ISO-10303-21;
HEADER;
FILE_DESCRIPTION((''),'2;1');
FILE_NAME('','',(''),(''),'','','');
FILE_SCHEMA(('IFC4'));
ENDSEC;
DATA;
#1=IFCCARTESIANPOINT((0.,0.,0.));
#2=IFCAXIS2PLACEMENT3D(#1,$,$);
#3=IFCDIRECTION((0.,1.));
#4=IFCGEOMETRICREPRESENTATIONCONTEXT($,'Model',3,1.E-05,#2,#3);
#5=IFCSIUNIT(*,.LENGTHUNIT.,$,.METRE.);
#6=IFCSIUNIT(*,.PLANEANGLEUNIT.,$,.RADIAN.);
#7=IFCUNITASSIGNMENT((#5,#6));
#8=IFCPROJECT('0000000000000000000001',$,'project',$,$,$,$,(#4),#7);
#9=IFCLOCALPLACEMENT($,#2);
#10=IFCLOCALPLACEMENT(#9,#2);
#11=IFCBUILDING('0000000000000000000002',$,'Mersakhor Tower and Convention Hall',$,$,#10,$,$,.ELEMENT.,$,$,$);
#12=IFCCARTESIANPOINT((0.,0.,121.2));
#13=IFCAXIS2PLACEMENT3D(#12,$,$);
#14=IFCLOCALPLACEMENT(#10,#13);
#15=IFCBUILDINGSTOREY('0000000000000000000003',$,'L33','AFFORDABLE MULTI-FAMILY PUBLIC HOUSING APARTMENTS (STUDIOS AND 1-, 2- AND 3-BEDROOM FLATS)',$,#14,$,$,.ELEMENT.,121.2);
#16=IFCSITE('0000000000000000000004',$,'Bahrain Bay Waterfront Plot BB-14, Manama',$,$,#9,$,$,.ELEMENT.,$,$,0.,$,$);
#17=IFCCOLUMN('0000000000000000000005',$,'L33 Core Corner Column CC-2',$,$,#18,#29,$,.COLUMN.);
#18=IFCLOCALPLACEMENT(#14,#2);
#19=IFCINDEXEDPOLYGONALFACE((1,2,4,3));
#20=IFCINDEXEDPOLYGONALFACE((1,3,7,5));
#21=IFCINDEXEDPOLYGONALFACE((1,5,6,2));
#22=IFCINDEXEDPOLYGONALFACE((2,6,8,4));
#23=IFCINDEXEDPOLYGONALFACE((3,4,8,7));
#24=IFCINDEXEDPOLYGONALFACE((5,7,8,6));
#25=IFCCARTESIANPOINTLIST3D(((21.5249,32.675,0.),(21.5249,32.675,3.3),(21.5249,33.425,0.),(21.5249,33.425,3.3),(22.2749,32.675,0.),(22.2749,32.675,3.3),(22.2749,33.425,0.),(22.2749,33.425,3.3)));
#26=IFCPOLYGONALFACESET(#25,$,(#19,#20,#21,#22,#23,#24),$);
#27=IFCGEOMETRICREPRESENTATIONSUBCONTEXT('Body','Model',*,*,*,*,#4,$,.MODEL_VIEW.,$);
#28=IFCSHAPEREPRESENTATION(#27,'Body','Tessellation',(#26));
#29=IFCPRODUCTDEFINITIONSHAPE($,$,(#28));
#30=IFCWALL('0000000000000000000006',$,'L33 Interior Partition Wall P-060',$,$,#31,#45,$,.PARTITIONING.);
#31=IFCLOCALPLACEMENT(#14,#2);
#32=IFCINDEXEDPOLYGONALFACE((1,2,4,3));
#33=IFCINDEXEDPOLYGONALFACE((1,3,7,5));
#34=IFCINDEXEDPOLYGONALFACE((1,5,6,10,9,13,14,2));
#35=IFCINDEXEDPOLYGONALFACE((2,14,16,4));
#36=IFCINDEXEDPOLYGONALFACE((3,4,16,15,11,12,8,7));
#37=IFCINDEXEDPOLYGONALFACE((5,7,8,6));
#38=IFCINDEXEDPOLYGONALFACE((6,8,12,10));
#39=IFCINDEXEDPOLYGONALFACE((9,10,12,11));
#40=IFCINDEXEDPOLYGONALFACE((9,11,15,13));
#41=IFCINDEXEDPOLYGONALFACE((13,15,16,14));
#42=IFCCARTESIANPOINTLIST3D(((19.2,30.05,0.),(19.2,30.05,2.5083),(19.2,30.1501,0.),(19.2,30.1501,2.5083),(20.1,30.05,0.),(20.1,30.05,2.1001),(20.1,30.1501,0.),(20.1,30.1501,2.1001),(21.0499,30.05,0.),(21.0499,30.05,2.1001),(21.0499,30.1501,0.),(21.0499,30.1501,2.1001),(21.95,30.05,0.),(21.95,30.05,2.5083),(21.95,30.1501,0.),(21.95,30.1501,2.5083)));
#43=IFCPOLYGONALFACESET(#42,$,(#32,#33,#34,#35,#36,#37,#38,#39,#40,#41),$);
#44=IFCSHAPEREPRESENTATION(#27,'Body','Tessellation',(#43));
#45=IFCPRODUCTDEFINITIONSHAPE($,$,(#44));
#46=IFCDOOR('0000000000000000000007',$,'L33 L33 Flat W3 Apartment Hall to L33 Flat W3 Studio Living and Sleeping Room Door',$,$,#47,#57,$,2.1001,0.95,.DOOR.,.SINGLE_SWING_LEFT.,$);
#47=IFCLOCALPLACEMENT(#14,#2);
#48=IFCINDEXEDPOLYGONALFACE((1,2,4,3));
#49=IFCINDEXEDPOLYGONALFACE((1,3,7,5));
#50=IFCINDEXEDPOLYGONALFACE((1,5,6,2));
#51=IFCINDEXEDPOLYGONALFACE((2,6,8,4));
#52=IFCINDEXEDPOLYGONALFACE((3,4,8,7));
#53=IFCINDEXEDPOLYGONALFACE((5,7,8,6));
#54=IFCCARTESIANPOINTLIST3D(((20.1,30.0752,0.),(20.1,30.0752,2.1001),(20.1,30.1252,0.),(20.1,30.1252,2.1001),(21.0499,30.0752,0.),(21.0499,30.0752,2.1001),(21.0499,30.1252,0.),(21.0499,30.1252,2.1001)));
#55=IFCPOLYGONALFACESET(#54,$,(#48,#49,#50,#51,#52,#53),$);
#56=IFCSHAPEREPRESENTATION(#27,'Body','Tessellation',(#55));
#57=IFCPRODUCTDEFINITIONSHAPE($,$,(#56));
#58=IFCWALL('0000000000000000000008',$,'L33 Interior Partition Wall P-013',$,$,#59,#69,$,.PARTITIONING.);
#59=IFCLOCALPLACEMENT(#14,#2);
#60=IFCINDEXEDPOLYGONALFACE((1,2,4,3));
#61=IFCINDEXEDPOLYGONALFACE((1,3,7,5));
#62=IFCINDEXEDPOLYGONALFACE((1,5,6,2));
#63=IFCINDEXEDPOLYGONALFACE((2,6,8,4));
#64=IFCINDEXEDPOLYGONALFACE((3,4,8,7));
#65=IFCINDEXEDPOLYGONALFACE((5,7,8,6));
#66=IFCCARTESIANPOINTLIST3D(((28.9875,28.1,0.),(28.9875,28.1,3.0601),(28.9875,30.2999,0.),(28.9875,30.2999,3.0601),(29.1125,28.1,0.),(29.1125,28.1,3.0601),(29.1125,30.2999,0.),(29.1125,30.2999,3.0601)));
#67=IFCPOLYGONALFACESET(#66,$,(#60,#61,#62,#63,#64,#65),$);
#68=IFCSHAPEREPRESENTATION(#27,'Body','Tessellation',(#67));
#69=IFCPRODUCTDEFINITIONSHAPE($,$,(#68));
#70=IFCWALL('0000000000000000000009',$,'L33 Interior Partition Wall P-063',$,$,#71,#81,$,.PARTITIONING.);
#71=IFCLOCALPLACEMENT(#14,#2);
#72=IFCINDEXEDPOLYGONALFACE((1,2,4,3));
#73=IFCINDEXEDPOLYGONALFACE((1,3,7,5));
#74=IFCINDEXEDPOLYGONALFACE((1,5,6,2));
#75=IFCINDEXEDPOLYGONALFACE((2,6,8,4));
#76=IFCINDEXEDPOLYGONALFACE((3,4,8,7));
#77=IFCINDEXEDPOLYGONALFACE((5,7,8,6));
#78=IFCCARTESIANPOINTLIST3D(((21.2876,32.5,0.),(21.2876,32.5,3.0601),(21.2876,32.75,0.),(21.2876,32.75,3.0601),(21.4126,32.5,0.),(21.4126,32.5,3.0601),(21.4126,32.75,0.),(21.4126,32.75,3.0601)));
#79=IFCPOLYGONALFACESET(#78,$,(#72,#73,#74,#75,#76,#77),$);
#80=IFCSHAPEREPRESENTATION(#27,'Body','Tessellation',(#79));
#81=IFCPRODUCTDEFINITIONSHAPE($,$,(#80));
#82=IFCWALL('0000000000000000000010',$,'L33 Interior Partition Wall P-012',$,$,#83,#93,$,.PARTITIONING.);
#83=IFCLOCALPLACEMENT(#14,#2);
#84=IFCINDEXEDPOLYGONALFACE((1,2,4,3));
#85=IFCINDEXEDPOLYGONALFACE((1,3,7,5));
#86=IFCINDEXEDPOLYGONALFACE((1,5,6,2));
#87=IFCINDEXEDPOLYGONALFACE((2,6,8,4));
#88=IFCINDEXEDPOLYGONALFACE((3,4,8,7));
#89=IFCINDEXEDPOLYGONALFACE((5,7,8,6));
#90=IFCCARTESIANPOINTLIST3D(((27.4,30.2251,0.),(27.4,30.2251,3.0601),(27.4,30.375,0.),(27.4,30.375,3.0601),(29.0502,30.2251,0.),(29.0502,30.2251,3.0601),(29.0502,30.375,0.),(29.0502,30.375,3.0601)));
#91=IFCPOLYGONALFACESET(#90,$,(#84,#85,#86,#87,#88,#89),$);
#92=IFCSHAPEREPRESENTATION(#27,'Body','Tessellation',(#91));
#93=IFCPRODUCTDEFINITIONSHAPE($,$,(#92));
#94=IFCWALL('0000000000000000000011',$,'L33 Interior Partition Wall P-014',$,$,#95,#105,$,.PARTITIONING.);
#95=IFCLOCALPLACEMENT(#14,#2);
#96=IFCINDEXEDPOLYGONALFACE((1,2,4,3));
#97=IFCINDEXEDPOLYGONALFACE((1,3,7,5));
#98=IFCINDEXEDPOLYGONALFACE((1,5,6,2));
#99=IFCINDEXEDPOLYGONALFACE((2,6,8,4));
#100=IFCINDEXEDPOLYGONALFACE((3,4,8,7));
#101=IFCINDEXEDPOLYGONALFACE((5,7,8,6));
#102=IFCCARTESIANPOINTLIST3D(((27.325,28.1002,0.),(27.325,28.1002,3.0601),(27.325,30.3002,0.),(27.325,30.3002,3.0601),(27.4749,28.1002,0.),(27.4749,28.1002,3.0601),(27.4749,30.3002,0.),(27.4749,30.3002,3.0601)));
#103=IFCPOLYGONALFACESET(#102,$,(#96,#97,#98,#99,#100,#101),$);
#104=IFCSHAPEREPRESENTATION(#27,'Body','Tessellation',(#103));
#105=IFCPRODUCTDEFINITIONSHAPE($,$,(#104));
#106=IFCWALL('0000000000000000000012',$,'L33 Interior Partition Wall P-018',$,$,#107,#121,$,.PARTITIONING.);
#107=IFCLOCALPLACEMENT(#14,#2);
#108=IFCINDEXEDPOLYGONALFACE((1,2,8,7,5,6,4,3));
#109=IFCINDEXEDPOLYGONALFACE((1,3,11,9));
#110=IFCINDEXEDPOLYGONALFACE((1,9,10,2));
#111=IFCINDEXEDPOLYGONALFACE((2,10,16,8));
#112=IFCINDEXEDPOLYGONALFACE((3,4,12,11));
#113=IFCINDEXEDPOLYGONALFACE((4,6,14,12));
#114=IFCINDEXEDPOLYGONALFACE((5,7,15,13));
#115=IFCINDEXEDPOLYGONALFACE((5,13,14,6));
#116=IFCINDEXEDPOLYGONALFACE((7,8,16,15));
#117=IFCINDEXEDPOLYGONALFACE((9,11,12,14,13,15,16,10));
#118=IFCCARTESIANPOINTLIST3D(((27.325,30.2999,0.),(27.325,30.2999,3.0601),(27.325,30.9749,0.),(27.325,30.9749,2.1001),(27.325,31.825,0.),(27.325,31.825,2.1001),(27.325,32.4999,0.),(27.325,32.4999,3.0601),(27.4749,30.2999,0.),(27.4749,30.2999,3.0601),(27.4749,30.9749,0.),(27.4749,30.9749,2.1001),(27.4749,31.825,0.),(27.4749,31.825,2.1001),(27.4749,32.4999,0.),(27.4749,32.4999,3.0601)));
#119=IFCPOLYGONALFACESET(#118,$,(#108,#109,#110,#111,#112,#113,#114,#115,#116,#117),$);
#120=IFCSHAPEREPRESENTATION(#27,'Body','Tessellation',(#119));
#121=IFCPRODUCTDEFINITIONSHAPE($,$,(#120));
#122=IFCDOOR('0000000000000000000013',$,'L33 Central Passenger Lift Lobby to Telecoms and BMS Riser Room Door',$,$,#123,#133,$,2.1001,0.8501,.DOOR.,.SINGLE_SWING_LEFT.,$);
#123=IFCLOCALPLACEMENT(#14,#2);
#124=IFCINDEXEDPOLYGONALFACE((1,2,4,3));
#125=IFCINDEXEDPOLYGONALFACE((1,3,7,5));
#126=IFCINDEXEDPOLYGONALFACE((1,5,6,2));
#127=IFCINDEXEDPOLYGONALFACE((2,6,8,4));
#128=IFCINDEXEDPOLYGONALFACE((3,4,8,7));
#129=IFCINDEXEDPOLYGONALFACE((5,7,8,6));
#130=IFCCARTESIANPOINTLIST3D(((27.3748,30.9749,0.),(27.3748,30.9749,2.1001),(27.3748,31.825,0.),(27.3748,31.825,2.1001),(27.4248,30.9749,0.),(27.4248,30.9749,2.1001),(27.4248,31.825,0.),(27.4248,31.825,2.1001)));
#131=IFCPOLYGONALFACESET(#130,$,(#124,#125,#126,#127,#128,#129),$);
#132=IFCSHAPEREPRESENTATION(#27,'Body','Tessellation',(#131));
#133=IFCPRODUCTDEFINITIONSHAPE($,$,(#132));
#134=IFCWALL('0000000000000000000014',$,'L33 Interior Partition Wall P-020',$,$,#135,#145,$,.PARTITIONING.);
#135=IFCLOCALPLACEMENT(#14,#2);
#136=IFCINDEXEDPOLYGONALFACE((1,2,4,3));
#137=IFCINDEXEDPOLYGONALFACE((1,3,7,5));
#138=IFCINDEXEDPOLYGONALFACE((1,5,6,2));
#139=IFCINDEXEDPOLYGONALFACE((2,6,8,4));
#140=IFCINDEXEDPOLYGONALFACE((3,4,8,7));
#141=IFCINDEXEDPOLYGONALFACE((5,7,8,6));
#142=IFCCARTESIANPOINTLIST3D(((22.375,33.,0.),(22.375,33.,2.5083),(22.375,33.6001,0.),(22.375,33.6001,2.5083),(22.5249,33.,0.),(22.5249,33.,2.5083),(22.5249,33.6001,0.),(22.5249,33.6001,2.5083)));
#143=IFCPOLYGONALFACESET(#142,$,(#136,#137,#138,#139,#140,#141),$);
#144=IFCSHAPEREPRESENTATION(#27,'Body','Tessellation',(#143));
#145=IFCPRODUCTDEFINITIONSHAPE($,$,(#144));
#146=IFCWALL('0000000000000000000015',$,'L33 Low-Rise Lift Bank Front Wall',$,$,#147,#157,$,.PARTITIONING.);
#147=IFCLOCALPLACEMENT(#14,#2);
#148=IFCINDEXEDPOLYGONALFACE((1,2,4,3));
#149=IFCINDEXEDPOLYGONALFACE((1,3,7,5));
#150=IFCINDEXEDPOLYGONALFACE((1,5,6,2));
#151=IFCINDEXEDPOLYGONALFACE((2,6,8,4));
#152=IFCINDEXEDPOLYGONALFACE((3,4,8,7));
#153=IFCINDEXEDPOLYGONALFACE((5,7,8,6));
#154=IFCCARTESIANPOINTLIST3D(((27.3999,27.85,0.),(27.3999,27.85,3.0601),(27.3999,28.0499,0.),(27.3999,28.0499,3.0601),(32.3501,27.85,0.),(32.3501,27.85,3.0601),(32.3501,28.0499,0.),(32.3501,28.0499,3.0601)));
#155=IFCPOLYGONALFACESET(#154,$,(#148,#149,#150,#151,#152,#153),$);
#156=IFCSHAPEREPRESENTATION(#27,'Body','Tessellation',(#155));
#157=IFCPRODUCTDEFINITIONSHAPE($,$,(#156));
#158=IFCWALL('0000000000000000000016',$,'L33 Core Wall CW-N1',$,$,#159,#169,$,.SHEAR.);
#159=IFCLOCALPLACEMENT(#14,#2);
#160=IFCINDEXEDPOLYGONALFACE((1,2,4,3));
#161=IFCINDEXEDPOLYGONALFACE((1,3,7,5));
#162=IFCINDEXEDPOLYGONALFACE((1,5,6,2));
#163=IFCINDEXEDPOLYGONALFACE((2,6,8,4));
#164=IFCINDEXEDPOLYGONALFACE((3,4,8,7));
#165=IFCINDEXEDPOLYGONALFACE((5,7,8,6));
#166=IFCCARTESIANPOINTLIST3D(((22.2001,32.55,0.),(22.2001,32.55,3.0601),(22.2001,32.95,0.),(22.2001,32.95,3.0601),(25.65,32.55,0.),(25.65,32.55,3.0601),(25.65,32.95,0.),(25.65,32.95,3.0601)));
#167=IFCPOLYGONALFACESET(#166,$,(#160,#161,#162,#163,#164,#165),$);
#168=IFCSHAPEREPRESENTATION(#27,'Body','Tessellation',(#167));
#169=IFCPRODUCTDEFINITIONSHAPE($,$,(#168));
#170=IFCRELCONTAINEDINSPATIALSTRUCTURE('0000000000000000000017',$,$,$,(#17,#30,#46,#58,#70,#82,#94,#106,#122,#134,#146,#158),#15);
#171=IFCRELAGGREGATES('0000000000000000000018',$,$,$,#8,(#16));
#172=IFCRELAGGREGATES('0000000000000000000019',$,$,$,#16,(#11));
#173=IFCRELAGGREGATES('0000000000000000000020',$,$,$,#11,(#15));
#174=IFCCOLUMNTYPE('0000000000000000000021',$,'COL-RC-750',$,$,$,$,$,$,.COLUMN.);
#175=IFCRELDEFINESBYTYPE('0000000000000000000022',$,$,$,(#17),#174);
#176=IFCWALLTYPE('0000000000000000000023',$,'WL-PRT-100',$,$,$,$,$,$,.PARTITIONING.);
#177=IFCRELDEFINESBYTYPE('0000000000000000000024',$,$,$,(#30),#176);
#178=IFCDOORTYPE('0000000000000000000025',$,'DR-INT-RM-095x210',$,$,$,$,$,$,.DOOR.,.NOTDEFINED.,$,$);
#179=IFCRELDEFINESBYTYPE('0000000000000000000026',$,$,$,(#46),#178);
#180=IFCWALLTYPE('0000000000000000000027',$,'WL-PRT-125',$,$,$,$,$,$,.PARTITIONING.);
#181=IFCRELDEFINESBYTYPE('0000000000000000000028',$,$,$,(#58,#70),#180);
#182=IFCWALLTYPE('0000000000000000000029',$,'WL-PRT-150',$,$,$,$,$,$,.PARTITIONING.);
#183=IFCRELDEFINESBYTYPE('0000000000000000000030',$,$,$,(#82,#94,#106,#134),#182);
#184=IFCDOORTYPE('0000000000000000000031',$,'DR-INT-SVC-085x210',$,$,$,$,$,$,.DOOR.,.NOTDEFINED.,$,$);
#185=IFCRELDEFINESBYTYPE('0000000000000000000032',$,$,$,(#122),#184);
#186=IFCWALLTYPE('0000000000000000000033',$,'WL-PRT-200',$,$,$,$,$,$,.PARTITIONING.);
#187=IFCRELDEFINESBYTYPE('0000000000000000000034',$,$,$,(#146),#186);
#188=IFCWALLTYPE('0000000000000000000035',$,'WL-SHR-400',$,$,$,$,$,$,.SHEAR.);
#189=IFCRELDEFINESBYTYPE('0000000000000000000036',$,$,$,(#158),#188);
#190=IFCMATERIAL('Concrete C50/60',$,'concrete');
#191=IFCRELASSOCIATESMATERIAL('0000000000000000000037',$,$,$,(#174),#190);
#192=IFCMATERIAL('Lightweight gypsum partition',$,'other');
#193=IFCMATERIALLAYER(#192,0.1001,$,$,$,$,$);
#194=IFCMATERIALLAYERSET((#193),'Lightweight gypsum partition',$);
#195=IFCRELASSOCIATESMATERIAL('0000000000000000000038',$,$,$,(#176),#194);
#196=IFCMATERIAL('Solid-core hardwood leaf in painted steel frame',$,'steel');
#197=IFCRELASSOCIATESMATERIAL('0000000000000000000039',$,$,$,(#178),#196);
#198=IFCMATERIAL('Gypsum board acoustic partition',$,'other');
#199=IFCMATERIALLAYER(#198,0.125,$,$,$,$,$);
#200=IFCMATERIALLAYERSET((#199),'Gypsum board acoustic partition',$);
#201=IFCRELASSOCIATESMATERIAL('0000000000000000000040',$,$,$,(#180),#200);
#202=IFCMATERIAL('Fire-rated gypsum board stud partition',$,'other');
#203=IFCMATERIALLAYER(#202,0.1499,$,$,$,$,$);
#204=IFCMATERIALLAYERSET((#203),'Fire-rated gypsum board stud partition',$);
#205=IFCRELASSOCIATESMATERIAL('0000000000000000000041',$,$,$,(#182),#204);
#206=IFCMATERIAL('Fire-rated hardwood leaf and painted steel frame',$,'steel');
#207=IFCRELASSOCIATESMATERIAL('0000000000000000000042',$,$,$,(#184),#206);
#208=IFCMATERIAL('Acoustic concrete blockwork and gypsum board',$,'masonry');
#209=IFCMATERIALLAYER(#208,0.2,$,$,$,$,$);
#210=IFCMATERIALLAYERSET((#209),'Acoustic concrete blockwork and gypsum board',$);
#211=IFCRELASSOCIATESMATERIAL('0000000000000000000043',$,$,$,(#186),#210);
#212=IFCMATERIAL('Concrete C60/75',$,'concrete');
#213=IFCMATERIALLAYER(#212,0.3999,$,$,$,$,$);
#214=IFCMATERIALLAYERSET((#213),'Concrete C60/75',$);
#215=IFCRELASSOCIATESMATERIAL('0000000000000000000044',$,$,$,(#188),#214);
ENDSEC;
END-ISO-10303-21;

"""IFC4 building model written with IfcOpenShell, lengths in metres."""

from ifc_helpers import new_model, si_unit, direction, frame, frame_2d, origin, origin_2d, place, context, subcontext, project, spatial, rectangle, extrude, material, layer, layer_set, material_profile, profile_set, type_object, element, fill, save


model = new_model("IFC4")

# Units and contexts
model_context = context("Model", 3, precision=1e-05, world=origin(), true_north=direction((0.0, 1.0)))
body_context = subcontext(model_context, "Body", "Model", "MODEL_VIEW")
ifc_project = project(units=[si_unit("LENGTHUNIT", "METRE"), si_unit("PLANEANGLEUNIT", "RADIAN")], contexts=[model_context])

# Site, building, storey
site_placement = place(None, origin())
site = spatial("IfcSite", under=ifc_project, at=site_placement, Name="Bahrain Bay Waterfront Plot BB-14, Manama", CompositionType="ELEMENT", RefElevation=0.0)
building_placement = place(site_placement, origin())
building = spatial("IfcBuilding", under=site, at=building_placement, Name="Mersakhor Tower and Convention Hall", CompositionType="ELEMENT")
storey_placement = place(building_placement, frame((0.0, 0.0, 121.2)))
storey = spatial("IfcBuildingStorey", under=building, at=storey_placement, Name="L33", Description="AFFORDABLE MULTI-FAMILY PUBLIC HOUSING APARTMENTS (STUDIOS AND 1-, 2- AND 3-BEDROOM FLATS)", CompositionType="ELEMENT", Elevation=121.2)

# Column
ifc_material_1 = material(Name="Concrete C50/60", Category="concrete")
ifc_material_profile = material_profile(ifc_material_1, rectangle(XDim=0.75, YDim=0.75, at=origin_2d()), Name="RC 750x750")
ifc_profile_set = profile_set([ifc_material_profile], Name="Concrete C50/60")
column_type = type_object("IfcColumnType", Name="COL-RC-750", PredefinedType="COLUMN", material=ifc_profile_set)
column_placement = place(storey_placement, frame((21.8999, 33.05, 0.0), z_axis=(0.0, 0.0, 1.0), x_axis=(1.0, 0.0, 0.0)))
element("IfcColumn", 1, at=column_placement, inside=storey, type_object=column_type, Name="L33 Core Corner Column CC-2", PredefinedType="COLUMN", context=body_context, shape_type="SweptSolid", body=[
    extrude(rectangle(XDim=0.75, YDim=0.75, at=origin_2d()), origin(), (0.0, 0.0, 1.0), 3.3),
])

# Wall, opening, door
ifc_material_2 = material(Name="Lightweight gypsum partition", Category="other")
ifc_layer_1 = layer(ifc_material_2, 0.1001)
ifc_layer_set_1 = layer_set([ifc_layer_1], Name="Lightweight gypsum partition")
wall_type_1 = type_object("IfcWallType", Name="WL-PRT-100", PredefinedType="PARTITIONING", material=ifc_layer_set_1)
wall_1_placement = place(storey_placement, frame((21.95, 30.1001, 0.0), z_axis=(0.0, 0.0, 1.0), x_axis=(-1.0, 0.0, 0.0)))
wall_1 = element("IfcWall", 2, at=wall_1_placement, inside=storey, type_object=wall_type_1, Name="L33 Interior Partition Wall P-060", PredefinedType="PARTITIONING", context=body_context, shape_type="SweptSolid", body=[
    extrude(rectangle(XDim=2.75, YDim=0.1001, at=frame_2d((1.375, 0.0))), origin(), (0.0, 0.0, 1.0), 2.5083),
])
opening_1_placement = place(wall_1_placement, frame((0.8999, 0.0, 0.0)))
opening_1 = element("IfcOpeningElement", 3, at=opening_1_placement, cuts=wall_1, PredefinedType="OPENING", context=body_context, shape_type="SweptSolid", body=[
    extrude(rectangle(XDim=0.95, YDim=2.1001, at=frame_2d((0.4751, 1.05))), frame((0.0, 0.0601, 0.0), z_axis=(0.0, -1.0, 0.0), x_axis=(1.0, 0.0, 0.0)), (0.0, 0.0, 1.0), 0.1201),
])
ifc_material_3 = material(Name="Solid-core hardwood leaf in painted steel frame", Category="steel")
door_type_1 = type_object("IfcDoorType", Name="DR-INT-RM-095x210", OperationType="NOTDEFINED", PredefinedType="DOOR", material=ifc_material_3)
door_1_placement = place(opening_1_placement, origin())
door_1 = element("IfcDoor", 4, at=door_1_placement, inside=storey, type_object=door_type_1, Name="L33 L33 Flat W3 Apartment Hall to L33 Flat W3 Studio Living and Sleeping Room Door", OperationType="SINGLE_SWING_LEFT", OverallHeight=2.1001, OverallWidth=0.95, PredefinedType="DOOR", context=body_context, shape_type="SweptSolid", body=[
    extrude(rectangle(XDim=0.95, YDim=2.1001, at=frame_2d((0.4751, 1.05))), frame((0.0, 0.0249, 0.0), z_axis=(0.0, -1.0, 0.0), x_axis=(1.0, 0.0, 0.0)), (0.0, 0.0, 1.0), 0.05),
])
fill(opening_1, door_1)

# Walls
ifc_material_4 = material(Name="Gypsum board acoustic partition", Category="other")
ifc_layer_2 = layer(ifc_material_4, 0.125)
ifc_layer_set_2 = layer_set([ifc_layer_2], Name="Gypsum board acoustic partition")
wall_type_2 = type_object("IfcWallType", Name="WL-PRT-125", PredefinedType="PARTITIONING", material=ifc_layer_set_2)
wall_2_placement = place(storey_placement, frame((29.05, 30.3, 0.0), z_axis=(0.0, 0.0, 1.0), x_axis=(0.0, -1.0, 0.0)))
element("IfcWall", 5, at=wall_2_placement, inside=storey, type_object=wall_type_2, Name="L33 Interior Partition Wall P-013", PredefinedType="PARTITIONING", context=body_context, shape_type="SweptSolid", body=[
    extrude(rectangle(XDim=2.2, YDim=0.125, at=frame_2d((1.1001, 0.0))), origin(), (0.0, 0.0, 1.0), 3.0601),
])
wall_3_placement = place(storey_placement, frame((21.3501, 32.75, 0.0), z_axis=(0.0, 0.0, 1.0), x_axis=(0.0, -1.0, 0.0)))
element("IfcWall", 6, at=wall_3_placement, inside=storey, type_object=wall_type_2, Name="L33 Interior Partition Wall P-063", PredefinedType="PARTITIONING", context=body_context, shape_type="SweptSolid", body=[
    extrude(rectangle(XDim=0.25, YDim=0.125, at=frame_2d((0.125, 0.0))), origin(), (0.0, 0.0, 1.0), 3.0601),
])
ifc_material_5 = material(Name="Fire-rated gypsum board stud partition", Category="other")
ifc_layer_3 = layer(ifc_material_5, 0.1499)
ifc_layer_set_3 = layer_set([ifc_layer_3], Name="Fire-rated gypsum board stud partition")
wall_type_3 = type_object("IfcWallType", Name="WL-PRT-150", PredefinedType="PARTITIONING", material=ifc_layer_set_3)
wall_4_placement = place(storey_placement, frame((27.3999, 30.3, 0.0), z_axis=(0.0, 0.0, 1.0), x_axis=(1.0, 0.0, 0.0)))
element("IfcWall", 7, at=wall_4_placement, inside=storey, type_object=wall_type_3, Name="L33 Interior Partition Wall P-012", PredefinedType="PARTITIONING", context=body_context, shape_type="SweptSolid", body=[
    extrude(rectangle(XDim=1.6501, YDim=0.1499, at=frame_2d((0.8252, 0.0))), origin(), (0.0, 0.0, 1.0), 3.0601),
])
wall_5_placement = place(storey_placement, frame((27.3999, 28.1001, 0.0), z_axis=(0.0, 0.0, 1.0), x_axis=(0.0, 1.0, 0.0)))
element("IfcWall", 8, at=wall_5_placement, inside=storey, type_object=wall_type_3, Name="L33 Interior Partition Wall P-014", PredefinedType="PARTITIONING", context=body_context, shape_type="SweptSolid", body=[
    extrude(rectangle(XDim=2.2, YDim=0.1499, at=frame_2d((1.1001, 0.0))), origin(), (0.0, 0.0, 1.0), 3.0601),
])

# Wall, opening, door
wall_6_placement = place(storey_placement, frame((27.3999, 32.5, 0.0), z_axis=(0.0, 0.0, 1.0), x_axis=(0.0, -1.0, 0.0)))
wall_6 = element("IfcWall", 9, at=wall_6_placement, inside=storey, type_object=wall_type_3, Name="L33 Interior Partition Wall P-018", PredefinedType="PARTITIONING", context=body_context, shape_type="SweptSolid", body=[
    extrude(rectangle(XDim=2.2, YDim=0.1499, at=frame_2d((1.1001, 0.0))), origin(), (0.0, 0.0, 1.0), 3.0601),
])
opening_2_placement = place(wall_6_placement, frame((0.675, 0.0, 0.0)))
opening_2 = element("IfcOpeningElement", 10, at=opening_2_placement, cuts=wall_6, PredefinedType="OPENING", context=body_context, shape_type="SweptSolid", body=[
    extrude(rectangle(XDim=0.8501, YDim=2.1001, at=frame_2d((0.425, 1.05))), frame((0.0, 0.085, 0.0), z_axis=(0.0, -1.0, 0.0), x_axis=(1.0, 0.0, 0.0)), (0.0, 0.0, 1.0), 0.1699),
])
ifc_material_6 = material(Name="Fire-rated hardwood leaf and painted steel frame", Category="steel")
door_type_2 = type_object("IfcDoorType", Name="DR-INT-SVC-085x210", OperationType="NOTDEFINED", PredefinedType="DOOR", material=ifc_material_6)
door_2_placement = place(opening_2_placement, origin())
door_2 = element("IfcDoor", 11, at=door_2_placement, inside=storey, type_object=door_type_2, Name="L33 Central Passenger Lift Lobby to Telecoms and BMS Riser Room Door", OperationType="SINGLE_SWING_LEFT", OverallHeight=2.1001, OverallWidth=0.8501, PredefinedType="DOOR", context=body_context, shape_type="SweptSolid", body=[
    extrude(rectangle(XDim=0.8501, YDim=2.1001, at=frame_2d((0.425, 1.05))), frame((0.0, 0.0249, 0.0), z_axis=(0.0, -1.0, 0.0), x_axis=(1.0, 0.0, 0.0)), (0.0, 0.0, 1.0), 0.05),
])
fill(opening_2, door_2)

# Walls
wall_7_placement = place(storey_placement, frame((22.45, 33.0, 0.0), z_axis=(0.0, 0.0, 1.0), x_axis=(0.0, 1.0, 0.0)))
element("IfcWall", 12, at=wall_7_placement, inside=storey, type_object=wall_type_3, Name="L33 Interior Partition Wall P-020", PredefinedType="PARTITIONING", context=body_context, shape_type="SweptSolid", body=[
    extrude(rectangle(XDim=0.6001, YDim=0.1499, at=frame_2d((0.3, 0.0))), origin(), (0.0, 0.0, 1.0), 2.5083),
])
ifc_material_7 = material(Name="Acoustic concrete blockwork and gypsum board", Category="masonry")
ifc_layer_4 = layer(ifc_material_7, 0.2)
ifc_layer_set_4 = layer_set([ifc_layer_4], Name="Acoustic concrete blockwork and gypsum board")
wall_type_4 = type_object("IfcWallType", Name="WL-PRT-200", PredefinedType="PARTITIONING", material=ifc_layer_set_4)
wall_8_placement = place(storey_placement, frame((27.3999, 27.95, 0.0), z_axis=(0.0, 0.0, 1.0), x_axis=(1.0, 0.0, 0.0)))
element("IfcWall", 13, at=wall_8_placement, inside=storey, type_object=wall_type_4, Name="L33 Low-Rise Lift Bank Front Wall", PredefinedType="PARTITIONING", context=body_context, shape_type="SweptSolid", body=[
    extrude(rectangle(XDim=4.9502, YDim=0.2, at=frame_2d((2.4751, 0.0))), origin(), (0.0, 0.0, 1.0), 3.0601),
])
ifc_material_8 = material(Name="Concrete C60/75", Category="concrete")
ifc_layer_5 = layer(ifc_material_8, 0.3999)
ifc_layer_set_5 = layer_set([ifc_layer_5], Name="Concrete C60/75")
wall_type_5 = type_object("IfcWallType", Name="WL-SHR-400", PredefinedType="SHEAR", material=ifc_layer_set_5)
wall_9_placement = place(storey_placement, frame((22.2, 32.75, 0.0), z_axis=(0.0, 0.0, 1.0), x_axis=(1.0, 0.0, 0.0)))
element("IfcWall", 14, at=wall_9_placement, inside=storey, type_object=wall_type_5, Name="L33 Core Wall CW-N1", PredefinedType="SHEAR", context=body_context, shape_type="SweptSolid", body=[
    extrude(rectangle(XDim=3.45, YDim=0.3999, at=frame_2d((1.7251, 0.0))), origin(), (0.0, 0.0, 1.0), 3.0601),
])

save(model, "model.ifc")
